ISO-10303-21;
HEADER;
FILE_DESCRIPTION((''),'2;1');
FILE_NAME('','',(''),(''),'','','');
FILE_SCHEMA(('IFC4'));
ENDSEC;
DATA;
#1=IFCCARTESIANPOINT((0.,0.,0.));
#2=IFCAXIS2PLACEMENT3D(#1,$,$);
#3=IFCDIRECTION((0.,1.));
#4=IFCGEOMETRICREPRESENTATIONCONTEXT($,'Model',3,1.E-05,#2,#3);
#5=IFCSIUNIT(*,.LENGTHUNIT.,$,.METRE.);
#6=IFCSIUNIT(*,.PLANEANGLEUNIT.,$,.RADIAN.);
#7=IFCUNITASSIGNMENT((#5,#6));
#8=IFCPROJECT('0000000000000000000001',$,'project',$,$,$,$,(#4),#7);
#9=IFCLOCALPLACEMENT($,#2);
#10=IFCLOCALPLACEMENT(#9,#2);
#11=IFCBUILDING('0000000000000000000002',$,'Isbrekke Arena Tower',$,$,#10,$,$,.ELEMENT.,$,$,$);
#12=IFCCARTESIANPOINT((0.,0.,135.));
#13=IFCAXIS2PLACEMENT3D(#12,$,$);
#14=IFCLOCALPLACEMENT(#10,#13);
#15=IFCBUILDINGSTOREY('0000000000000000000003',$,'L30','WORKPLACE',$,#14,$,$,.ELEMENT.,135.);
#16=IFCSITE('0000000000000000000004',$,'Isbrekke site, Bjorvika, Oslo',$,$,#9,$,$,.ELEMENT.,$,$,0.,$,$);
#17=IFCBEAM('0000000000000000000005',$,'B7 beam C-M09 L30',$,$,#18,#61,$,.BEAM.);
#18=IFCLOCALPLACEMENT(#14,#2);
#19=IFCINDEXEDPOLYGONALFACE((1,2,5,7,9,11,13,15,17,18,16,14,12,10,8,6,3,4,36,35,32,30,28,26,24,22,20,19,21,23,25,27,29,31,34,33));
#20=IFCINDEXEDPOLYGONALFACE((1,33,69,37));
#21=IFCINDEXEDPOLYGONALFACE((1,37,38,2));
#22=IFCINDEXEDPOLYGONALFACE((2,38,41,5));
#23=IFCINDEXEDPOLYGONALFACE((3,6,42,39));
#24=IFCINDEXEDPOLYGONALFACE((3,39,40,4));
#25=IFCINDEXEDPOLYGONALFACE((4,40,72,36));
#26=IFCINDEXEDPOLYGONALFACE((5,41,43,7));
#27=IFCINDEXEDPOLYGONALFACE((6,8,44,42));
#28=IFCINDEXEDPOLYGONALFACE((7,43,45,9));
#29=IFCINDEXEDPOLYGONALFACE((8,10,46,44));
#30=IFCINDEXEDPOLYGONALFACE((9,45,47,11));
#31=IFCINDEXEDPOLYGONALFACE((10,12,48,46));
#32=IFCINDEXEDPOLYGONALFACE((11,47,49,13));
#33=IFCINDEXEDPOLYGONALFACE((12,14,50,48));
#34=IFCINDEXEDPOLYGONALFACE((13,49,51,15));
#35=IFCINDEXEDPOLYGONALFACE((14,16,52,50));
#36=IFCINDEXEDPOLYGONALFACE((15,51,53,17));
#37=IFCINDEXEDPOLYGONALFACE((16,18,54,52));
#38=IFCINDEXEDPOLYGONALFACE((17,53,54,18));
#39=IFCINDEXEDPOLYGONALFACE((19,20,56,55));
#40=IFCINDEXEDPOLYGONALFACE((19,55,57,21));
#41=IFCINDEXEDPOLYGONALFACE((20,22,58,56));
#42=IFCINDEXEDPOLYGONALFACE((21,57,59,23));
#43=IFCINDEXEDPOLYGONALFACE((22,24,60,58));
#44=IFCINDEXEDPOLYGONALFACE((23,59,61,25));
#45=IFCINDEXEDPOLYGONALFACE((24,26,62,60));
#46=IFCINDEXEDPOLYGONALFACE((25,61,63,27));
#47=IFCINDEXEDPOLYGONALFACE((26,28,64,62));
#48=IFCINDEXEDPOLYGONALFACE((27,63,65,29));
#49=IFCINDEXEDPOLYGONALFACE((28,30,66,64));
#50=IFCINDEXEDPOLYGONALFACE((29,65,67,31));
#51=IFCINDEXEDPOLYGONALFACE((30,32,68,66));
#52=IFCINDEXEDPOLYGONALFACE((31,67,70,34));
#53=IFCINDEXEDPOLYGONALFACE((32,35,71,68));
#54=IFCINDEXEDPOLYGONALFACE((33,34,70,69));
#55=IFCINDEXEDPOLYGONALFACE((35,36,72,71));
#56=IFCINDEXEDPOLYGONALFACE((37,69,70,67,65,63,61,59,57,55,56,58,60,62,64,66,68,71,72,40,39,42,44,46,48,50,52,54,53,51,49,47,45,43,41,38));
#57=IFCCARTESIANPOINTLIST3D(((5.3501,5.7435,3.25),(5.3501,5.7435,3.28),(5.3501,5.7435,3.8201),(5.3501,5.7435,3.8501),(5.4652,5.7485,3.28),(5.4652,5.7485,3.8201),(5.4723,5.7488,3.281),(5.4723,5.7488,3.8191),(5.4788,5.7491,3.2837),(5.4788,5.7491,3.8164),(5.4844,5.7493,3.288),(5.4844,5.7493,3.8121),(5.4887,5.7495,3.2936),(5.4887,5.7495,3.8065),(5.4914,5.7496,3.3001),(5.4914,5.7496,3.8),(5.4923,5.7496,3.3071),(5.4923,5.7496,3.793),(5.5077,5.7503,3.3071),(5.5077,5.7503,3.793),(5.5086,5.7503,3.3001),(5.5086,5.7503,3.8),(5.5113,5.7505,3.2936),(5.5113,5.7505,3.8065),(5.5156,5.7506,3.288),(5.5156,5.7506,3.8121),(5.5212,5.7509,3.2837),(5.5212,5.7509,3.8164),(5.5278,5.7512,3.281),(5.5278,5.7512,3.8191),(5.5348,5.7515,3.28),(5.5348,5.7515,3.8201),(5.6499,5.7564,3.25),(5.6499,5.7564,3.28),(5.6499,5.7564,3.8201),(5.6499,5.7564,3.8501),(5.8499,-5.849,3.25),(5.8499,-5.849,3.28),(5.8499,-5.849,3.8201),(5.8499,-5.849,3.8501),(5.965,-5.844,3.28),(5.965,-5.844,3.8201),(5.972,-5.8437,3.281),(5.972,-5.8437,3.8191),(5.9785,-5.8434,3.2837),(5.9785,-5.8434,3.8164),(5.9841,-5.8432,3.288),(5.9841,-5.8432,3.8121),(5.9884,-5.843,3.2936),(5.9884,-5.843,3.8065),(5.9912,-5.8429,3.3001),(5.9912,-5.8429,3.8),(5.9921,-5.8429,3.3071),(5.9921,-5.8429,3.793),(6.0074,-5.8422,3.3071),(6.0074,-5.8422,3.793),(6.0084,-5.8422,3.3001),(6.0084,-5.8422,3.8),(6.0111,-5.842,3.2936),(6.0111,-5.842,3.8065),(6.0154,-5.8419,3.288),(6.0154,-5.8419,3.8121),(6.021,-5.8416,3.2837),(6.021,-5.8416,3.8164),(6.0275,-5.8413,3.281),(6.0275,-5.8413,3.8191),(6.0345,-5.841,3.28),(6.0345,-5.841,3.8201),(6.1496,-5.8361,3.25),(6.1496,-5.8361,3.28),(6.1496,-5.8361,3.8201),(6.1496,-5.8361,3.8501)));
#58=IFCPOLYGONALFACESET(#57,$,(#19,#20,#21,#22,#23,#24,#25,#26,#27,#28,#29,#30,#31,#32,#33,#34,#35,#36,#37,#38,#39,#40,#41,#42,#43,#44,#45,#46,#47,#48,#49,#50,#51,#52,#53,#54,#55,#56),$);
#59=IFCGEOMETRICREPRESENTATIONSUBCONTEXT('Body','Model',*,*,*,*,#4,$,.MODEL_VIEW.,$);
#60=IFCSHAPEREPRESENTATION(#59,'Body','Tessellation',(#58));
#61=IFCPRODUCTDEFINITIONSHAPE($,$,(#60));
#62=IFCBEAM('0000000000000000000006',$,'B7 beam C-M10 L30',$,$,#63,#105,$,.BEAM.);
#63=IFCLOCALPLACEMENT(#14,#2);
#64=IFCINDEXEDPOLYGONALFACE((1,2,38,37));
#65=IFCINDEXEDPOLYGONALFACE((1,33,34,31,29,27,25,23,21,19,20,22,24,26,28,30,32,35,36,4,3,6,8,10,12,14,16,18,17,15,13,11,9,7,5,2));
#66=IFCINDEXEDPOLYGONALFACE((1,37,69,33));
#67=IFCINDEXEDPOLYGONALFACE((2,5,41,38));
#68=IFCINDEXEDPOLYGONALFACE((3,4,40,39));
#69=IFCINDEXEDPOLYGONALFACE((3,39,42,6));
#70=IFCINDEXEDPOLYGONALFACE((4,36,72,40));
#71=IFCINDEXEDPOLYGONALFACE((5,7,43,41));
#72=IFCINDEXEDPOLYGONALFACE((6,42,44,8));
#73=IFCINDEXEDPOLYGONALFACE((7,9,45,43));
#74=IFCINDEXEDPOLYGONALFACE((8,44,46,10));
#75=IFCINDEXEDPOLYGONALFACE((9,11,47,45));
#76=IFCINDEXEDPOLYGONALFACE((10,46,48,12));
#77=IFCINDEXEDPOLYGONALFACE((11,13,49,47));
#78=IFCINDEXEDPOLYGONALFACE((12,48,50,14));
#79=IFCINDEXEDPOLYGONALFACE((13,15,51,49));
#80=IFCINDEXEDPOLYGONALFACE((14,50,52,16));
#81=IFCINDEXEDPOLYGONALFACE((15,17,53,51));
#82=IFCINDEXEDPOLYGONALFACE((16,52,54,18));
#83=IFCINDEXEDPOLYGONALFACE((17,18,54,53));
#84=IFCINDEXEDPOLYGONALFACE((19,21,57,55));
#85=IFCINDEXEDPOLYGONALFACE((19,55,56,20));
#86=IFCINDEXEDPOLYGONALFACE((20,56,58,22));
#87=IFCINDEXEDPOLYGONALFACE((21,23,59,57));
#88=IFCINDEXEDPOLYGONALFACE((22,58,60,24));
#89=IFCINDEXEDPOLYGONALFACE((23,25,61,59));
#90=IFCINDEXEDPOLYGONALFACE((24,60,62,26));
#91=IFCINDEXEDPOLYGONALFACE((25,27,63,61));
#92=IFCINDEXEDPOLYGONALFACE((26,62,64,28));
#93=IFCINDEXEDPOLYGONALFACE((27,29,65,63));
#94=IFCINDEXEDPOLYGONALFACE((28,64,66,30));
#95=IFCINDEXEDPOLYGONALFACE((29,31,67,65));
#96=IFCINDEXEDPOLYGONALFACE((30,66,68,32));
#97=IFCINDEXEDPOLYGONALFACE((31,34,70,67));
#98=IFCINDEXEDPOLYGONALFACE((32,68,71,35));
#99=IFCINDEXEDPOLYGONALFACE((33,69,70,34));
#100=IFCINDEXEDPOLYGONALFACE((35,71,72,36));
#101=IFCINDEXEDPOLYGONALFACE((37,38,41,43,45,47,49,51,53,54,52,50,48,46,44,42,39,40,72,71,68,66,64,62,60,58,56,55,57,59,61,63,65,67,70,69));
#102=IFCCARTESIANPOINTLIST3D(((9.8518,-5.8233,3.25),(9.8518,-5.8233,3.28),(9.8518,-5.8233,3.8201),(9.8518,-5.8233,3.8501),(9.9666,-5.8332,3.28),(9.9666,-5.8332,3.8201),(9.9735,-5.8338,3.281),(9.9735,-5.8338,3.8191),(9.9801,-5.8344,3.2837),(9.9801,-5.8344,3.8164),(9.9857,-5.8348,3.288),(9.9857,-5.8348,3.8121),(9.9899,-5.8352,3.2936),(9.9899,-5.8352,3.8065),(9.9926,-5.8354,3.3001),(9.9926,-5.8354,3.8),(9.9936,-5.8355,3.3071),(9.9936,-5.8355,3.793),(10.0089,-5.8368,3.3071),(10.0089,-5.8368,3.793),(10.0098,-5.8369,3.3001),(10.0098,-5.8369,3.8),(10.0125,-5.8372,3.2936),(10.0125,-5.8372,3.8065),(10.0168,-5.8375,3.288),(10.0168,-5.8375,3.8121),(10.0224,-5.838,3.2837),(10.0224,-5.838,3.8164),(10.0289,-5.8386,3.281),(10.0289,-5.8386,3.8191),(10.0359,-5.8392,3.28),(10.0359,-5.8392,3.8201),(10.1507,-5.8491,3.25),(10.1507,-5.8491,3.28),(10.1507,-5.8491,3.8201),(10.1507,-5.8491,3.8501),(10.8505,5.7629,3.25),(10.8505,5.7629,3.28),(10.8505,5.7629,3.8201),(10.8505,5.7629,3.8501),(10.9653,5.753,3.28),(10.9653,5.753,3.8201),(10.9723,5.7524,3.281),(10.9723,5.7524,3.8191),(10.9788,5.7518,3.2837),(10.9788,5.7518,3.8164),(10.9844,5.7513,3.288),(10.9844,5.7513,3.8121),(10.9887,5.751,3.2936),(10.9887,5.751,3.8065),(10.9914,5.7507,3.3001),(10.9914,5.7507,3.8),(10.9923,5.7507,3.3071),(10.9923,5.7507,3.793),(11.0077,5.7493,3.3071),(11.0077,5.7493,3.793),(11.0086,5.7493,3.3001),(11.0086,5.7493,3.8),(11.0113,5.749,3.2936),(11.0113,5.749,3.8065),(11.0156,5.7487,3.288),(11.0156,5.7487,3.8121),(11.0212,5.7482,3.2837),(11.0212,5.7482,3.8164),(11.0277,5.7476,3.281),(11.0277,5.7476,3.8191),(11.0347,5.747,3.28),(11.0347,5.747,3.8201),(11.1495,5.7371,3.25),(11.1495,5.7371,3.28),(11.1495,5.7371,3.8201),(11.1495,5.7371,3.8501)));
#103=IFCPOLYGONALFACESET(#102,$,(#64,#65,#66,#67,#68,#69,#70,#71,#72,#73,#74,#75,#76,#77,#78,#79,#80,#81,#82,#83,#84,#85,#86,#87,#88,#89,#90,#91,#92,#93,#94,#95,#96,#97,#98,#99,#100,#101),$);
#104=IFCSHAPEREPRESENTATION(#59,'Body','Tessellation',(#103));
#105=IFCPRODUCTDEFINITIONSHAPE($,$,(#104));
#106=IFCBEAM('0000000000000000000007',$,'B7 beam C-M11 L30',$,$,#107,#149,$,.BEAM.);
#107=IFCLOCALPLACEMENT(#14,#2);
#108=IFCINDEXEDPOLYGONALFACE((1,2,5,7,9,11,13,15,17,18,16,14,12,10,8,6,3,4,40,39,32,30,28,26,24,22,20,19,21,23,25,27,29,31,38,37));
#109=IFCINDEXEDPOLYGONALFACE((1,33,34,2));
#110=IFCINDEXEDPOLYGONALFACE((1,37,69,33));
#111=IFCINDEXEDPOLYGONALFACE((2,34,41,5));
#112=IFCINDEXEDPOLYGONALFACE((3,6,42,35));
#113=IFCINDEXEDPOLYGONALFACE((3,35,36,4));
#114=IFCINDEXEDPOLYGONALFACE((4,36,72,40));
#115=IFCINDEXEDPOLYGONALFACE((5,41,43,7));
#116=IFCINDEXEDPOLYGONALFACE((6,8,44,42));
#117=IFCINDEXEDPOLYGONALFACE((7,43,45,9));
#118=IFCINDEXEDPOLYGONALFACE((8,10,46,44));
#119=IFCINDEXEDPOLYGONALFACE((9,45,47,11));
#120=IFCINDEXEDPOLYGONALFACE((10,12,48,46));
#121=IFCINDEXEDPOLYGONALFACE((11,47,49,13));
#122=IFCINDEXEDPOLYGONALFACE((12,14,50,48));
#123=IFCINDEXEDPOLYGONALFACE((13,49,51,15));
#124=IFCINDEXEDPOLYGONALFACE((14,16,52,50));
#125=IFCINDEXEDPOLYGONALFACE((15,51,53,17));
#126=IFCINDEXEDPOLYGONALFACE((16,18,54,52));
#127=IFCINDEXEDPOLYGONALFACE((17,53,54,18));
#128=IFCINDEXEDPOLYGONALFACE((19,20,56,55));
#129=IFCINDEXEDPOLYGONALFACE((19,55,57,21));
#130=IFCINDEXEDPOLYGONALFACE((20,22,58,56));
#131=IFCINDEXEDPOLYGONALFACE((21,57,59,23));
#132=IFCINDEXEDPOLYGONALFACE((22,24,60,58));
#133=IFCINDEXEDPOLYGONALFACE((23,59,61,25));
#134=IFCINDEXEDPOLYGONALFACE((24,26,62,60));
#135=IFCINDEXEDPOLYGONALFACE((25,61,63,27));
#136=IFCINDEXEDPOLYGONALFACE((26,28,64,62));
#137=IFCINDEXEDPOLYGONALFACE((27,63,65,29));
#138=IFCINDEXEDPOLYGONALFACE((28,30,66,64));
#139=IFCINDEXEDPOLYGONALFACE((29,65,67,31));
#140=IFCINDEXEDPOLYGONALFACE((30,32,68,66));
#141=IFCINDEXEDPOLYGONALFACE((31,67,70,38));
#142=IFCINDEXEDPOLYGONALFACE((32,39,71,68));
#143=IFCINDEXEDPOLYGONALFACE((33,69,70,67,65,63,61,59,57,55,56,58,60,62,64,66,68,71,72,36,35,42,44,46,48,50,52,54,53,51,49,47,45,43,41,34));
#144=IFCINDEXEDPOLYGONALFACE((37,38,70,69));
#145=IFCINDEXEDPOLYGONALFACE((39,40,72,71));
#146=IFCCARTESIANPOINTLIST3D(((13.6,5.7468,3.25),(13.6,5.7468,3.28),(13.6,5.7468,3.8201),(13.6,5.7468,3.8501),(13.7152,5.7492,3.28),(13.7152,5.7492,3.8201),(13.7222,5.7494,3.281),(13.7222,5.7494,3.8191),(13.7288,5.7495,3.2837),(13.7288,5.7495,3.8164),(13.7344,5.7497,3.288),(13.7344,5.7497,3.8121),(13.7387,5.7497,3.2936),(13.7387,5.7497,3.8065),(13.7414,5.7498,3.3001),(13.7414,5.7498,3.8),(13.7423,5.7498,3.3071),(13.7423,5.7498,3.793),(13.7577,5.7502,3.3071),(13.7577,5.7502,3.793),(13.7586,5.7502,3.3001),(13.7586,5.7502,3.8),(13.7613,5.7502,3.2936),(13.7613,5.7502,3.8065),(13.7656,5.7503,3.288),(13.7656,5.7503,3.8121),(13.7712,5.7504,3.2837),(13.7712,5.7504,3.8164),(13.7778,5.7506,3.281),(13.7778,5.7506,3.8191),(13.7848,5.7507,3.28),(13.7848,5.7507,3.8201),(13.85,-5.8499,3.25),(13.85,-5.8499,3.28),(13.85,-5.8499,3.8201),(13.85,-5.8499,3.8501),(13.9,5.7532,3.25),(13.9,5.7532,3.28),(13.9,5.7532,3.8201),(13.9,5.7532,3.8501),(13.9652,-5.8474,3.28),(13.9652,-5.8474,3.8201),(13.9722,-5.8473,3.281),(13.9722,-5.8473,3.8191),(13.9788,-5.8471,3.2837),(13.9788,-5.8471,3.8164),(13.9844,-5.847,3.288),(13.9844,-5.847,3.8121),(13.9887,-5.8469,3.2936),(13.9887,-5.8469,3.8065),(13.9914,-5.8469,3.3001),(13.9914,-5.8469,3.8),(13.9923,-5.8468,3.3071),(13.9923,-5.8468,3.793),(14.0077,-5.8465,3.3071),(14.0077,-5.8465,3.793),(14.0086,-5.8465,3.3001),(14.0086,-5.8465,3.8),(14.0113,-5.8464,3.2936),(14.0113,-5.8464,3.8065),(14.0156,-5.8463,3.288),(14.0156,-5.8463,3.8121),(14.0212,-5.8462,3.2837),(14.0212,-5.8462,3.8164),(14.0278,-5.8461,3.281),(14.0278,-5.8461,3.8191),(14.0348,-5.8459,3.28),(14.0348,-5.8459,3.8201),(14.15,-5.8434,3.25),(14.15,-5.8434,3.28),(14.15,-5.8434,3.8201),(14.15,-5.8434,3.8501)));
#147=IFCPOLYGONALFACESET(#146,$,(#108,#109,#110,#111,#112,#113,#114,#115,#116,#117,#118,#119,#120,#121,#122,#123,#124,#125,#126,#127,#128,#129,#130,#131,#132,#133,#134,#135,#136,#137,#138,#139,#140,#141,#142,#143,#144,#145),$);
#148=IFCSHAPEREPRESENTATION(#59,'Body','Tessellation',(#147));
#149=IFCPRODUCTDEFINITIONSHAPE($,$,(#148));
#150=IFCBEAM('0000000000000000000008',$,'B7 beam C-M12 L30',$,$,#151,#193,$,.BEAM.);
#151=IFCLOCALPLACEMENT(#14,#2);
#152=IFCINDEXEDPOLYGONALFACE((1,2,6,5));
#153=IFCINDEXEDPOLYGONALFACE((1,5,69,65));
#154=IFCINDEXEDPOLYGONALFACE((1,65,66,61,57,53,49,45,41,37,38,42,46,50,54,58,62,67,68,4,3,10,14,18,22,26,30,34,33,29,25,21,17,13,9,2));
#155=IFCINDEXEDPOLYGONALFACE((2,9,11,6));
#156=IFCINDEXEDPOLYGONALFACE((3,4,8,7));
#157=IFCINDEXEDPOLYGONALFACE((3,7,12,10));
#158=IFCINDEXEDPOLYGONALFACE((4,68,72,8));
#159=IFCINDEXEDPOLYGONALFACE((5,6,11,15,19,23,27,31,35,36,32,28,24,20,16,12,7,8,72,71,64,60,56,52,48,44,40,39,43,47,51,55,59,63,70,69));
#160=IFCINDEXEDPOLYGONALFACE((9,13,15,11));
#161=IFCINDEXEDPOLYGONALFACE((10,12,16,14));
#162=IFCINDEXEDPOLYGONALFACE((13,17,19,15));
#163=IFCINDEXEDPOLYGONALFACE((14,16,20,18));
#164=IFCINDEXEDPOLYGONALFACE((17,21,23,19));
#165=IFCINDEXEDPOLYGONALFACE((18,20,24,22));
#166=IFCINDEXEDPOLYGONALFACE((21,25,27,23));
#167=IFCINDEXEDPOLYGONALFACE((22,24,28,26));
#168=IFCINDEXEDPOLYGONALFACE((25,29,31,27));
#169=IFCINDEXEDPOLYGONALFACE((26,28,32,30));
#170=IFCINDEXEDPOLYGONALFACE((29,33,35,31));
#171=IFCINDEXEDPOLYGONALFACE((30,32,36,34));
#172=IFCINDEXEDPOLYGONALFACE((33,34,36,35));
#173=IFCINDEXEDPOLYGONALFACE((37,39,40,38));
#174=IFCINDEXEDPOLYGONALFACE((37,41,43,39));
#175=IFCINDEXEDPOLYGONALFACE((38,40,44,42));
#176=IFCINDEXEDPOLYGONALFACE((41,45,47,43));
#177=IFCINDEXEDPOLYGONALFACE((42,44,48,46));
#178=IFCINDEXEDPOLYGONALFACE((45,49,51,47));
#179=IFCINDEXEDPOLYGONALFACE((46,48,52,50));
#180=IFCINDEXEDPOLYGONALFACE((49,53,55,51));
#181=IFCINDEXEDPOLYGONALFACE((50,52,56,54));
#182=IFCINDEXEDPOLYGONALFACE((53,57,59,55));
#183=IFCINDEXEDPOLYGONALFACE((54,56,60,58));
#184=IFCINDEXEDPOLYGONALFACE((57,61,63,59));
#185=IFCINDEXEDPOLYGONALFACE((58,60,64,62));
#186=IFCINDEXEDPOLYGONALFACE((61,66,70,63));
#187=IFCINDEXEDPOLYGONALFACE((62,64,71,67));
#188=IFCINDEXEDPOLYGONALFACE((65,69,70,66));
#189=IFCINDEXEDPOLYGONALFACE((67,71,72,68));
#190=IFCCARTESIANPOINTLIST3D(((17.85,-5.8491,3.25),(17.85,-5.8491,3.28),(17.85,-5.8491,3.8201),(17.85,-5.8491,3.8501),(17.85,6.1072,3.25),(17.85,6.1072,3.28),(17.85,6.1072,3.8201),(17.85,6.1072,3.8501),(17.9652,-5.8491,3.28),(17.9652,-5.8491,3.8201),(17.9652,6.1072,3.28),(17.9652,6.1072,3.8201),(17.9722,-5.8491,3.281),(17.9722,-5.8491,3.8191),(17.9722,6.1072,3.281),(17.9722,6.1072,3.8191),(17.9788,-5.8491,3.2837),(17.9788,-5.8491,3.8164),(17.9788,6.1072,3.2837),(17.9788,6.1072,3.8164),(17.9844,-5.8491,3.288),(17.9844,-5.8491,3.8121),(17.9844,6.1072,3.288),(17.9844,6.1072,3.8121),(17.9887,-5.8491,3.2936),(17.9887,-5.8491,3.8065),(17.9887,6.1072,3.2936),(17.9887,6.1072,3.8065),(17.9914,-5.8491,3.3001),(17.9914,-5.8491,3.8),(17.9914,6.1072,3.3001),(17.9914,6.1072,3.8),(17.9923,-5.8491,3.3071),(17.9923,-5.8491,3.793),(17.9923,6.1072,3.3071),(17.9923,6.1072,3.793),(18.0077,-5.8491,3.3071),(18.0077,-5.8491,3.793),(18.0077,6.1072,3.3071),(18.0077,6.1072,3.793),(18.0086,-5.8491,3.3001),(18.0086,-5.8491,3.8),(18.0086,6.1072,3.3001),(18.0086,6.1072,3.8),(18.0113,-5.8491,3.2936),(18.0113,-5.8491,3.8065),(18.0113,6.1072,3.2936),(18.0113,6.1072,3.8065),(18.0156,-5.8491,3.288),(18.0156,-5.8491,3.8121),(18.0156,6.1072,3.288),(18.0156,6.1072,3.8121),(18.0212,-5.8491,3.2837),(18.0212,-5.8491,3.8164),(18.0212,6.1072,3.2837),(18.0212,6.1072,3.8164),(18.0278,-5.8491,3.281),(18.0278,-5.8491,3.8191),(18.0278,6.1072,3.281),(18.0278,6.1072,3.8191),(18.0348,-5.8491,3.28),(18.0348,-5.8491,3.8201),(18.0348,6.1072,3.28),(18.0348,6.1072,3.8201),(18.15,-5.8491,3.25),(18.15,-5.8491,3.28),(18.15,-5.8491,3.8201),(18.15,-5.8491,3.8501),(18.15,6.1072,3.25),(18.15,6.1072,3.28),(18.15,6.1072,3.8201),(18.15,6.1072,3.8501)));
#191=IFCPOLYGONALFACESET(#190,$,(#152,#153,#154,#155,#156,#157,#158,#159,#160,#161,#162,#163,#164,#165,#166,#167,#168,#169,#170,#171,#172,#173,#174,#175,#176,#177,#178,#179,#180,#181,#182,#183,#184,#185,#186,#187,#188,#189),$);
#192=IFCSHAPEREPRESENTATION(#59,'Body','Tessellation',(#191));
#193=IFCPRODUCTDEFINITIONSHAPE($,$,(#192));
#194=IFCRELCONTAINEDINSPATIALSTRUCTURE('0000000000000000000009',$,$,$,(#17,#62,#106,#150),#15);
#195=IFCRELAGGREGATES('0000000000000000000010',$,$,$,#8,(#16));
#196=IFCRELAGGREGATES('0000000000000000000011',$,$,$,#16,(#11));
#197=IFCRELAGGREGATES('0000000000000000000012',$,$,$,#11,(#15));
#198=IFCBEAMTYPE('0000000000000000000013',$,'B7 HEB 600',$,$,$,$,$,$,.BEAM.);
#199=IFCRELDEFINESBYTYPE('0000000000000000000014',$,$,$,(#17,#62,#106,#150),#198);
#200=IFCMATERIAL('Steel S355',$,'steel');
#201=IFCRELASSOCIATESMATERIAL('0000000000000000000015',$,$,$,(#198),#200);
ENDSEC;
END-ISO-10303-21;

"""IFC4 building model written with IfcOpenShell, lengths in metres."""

from ifc_helpers import new_model, si_unit, direction, frame, origin, origin_2d, place, context, subcontext, project, spatial, i_section, extrude, material, material_profile, profile_set, type_object, element, save


model = new_model("IFC4")

# Units and contexts
model_context = context("Model", 3, precision=1e-05, world=origin(), true_north=direction((0.0, 1.0)))
body_context = subcontext(model_context, "Body", "Model", "MODEL_VIEW")
ifc_project = project(units=[si_unit("LENGTHUNIT", "METRE"), si_unit("PLANEANGLEUNIT", "RADIAN")], contexts=[model_context])

# Site, building, storey
site_placement = place(None, origin())
site = spatial("IfcSite", under=ifc_project, at=site_placement, Name="Isbrekke site, Bjorvika, Oslo", CompositionType="ELEMENT", RefElevation=0.0)
building_placement = place(site_placement, origin())
building = spatial("IfcBuilding", under=site, at=building_placement, Name="Isbrekke Arena Tower", CompositionType="ELEMENT")
storey_placement = place(building_placement, frame((0.0, 0.0, 135.0)))
storey = spatial("IfcBuildingStorey", under=building, at=storey_placement, Name="L30", Description="WORKPLACE", CompositionType="ELEMENT", Elevation=135.0)

# Beams
ifc_material_1 = material(Name="Steel S355", Category="steel")
ifc_material_profile_1 = material_profile(ifc_material_1, i_section(OverallWidth=0.3, OverallDepth=0.6001, WebThickness=0.0154, FlangeThickness=0.03, FilletRadius=0.0271, at=origin_2d()), Name="HEB 600")
ifc_profile_set_1 = profile_set([ifc_material_profile_1], Name="Steel S355")
beam_type_1 = type_object("IfcBeamType", Name="B7 HEB 600", PredefinedType="BEAM", material=ifc_profile_set_1)
beam_1_placement = place(storey_placement, frame((5.9998, -5.8425, 3.55), z_axis=(-0.04307, 0.999072, 0.0), x_axis=(-0.999072, -0.04307, 0.0)))
element("IfcBeam", 1, at=beam_1_placement, inside=storey, type_object=beam_type_1, Name="B7 beam C-M09 L30", PredefinedType="BEAM", context=body_context, shape_type="SweptSolid", body=[
    extrude(i_section(OverallWidth=0.3, OverallDepth=0.6001, WebThickness=0.0154, FlangeThickness=0.03, FilletRadius=0.0271, at=origin_2d()), origin(), (0.0, 0.0, 1.0), 11.6033),
])
beam_2_placement = place(storey_placement, frame((10.0012, -5.8362, 3.55), z_axis=(0.085886, 0.996305, 0.0), x_axis=(-0.996305, 0.085886, 0.0)))
element("IfcBeam", 2, at=beam_2_placement, inside=storey, type_object=beam_type_1, Name="B7 beam C-M10 L30", PredefinedType="BEAM", context=body_context, shape_type="SweptSolid", body=[
    extrude(i_section(OverallWidth=0.3, OverallDepth=0.6001, WebThickness=0.0154, FlangeThickness=0.03, FilletRadius=0.0271, at=origin_2d()), origin(), (0.0, 0.0, 1.0), 11.6292),
])
beam_3_placement = place(storey_placement, frame((14.0, -5.8467, 3.55), z_axis=(-0.021553, 0.999768, 0.0), x_axis=(-0.999768, -0.021553, 0.0)))
element("IfcBeam", 3, at=beam_3_placement, inside=storey, type_object=beam_type_1, Name="B7 beam C-M11 L30", PredefinedType="BEAM", context=body_context, shape_type="SweptSolid", body=[
    extrude(i_section(OverallWidth=0.3, OverallDepth=0.6001, WebThickness=0.0154, FlangeThickness=0.03, FilletRadius=0.0271, at=origin_2d()), origin(), (0.0, 0.0, 1.0), 11.5994),
])
beam_4_placement = place(storey_placement, frame((18.0, -5.8491, 3.55), z_axis=(0.0, 1.0, 0.0), x_axis=(-1.0, 0.0, 0.0)))
element("IfcBeam", 4, at=beam_4_placement, inside=storey, type_object=beam_type_1, Name="B7 beam C-M12 L30", PredefinedType="BEAM", context=body_context, shape_type="SweptSolid", body=[
    extrude(i_section(OverallWidth=0.3, OverallDepth=0.6001, WebThickness=0.0154, FlangeThickness=0.03, FilletRadius=0.0271, at=origin_2d()), origin(), (0.0, 0.0, 1.0), 11.9563),
])

save(model, "model.ifc")
